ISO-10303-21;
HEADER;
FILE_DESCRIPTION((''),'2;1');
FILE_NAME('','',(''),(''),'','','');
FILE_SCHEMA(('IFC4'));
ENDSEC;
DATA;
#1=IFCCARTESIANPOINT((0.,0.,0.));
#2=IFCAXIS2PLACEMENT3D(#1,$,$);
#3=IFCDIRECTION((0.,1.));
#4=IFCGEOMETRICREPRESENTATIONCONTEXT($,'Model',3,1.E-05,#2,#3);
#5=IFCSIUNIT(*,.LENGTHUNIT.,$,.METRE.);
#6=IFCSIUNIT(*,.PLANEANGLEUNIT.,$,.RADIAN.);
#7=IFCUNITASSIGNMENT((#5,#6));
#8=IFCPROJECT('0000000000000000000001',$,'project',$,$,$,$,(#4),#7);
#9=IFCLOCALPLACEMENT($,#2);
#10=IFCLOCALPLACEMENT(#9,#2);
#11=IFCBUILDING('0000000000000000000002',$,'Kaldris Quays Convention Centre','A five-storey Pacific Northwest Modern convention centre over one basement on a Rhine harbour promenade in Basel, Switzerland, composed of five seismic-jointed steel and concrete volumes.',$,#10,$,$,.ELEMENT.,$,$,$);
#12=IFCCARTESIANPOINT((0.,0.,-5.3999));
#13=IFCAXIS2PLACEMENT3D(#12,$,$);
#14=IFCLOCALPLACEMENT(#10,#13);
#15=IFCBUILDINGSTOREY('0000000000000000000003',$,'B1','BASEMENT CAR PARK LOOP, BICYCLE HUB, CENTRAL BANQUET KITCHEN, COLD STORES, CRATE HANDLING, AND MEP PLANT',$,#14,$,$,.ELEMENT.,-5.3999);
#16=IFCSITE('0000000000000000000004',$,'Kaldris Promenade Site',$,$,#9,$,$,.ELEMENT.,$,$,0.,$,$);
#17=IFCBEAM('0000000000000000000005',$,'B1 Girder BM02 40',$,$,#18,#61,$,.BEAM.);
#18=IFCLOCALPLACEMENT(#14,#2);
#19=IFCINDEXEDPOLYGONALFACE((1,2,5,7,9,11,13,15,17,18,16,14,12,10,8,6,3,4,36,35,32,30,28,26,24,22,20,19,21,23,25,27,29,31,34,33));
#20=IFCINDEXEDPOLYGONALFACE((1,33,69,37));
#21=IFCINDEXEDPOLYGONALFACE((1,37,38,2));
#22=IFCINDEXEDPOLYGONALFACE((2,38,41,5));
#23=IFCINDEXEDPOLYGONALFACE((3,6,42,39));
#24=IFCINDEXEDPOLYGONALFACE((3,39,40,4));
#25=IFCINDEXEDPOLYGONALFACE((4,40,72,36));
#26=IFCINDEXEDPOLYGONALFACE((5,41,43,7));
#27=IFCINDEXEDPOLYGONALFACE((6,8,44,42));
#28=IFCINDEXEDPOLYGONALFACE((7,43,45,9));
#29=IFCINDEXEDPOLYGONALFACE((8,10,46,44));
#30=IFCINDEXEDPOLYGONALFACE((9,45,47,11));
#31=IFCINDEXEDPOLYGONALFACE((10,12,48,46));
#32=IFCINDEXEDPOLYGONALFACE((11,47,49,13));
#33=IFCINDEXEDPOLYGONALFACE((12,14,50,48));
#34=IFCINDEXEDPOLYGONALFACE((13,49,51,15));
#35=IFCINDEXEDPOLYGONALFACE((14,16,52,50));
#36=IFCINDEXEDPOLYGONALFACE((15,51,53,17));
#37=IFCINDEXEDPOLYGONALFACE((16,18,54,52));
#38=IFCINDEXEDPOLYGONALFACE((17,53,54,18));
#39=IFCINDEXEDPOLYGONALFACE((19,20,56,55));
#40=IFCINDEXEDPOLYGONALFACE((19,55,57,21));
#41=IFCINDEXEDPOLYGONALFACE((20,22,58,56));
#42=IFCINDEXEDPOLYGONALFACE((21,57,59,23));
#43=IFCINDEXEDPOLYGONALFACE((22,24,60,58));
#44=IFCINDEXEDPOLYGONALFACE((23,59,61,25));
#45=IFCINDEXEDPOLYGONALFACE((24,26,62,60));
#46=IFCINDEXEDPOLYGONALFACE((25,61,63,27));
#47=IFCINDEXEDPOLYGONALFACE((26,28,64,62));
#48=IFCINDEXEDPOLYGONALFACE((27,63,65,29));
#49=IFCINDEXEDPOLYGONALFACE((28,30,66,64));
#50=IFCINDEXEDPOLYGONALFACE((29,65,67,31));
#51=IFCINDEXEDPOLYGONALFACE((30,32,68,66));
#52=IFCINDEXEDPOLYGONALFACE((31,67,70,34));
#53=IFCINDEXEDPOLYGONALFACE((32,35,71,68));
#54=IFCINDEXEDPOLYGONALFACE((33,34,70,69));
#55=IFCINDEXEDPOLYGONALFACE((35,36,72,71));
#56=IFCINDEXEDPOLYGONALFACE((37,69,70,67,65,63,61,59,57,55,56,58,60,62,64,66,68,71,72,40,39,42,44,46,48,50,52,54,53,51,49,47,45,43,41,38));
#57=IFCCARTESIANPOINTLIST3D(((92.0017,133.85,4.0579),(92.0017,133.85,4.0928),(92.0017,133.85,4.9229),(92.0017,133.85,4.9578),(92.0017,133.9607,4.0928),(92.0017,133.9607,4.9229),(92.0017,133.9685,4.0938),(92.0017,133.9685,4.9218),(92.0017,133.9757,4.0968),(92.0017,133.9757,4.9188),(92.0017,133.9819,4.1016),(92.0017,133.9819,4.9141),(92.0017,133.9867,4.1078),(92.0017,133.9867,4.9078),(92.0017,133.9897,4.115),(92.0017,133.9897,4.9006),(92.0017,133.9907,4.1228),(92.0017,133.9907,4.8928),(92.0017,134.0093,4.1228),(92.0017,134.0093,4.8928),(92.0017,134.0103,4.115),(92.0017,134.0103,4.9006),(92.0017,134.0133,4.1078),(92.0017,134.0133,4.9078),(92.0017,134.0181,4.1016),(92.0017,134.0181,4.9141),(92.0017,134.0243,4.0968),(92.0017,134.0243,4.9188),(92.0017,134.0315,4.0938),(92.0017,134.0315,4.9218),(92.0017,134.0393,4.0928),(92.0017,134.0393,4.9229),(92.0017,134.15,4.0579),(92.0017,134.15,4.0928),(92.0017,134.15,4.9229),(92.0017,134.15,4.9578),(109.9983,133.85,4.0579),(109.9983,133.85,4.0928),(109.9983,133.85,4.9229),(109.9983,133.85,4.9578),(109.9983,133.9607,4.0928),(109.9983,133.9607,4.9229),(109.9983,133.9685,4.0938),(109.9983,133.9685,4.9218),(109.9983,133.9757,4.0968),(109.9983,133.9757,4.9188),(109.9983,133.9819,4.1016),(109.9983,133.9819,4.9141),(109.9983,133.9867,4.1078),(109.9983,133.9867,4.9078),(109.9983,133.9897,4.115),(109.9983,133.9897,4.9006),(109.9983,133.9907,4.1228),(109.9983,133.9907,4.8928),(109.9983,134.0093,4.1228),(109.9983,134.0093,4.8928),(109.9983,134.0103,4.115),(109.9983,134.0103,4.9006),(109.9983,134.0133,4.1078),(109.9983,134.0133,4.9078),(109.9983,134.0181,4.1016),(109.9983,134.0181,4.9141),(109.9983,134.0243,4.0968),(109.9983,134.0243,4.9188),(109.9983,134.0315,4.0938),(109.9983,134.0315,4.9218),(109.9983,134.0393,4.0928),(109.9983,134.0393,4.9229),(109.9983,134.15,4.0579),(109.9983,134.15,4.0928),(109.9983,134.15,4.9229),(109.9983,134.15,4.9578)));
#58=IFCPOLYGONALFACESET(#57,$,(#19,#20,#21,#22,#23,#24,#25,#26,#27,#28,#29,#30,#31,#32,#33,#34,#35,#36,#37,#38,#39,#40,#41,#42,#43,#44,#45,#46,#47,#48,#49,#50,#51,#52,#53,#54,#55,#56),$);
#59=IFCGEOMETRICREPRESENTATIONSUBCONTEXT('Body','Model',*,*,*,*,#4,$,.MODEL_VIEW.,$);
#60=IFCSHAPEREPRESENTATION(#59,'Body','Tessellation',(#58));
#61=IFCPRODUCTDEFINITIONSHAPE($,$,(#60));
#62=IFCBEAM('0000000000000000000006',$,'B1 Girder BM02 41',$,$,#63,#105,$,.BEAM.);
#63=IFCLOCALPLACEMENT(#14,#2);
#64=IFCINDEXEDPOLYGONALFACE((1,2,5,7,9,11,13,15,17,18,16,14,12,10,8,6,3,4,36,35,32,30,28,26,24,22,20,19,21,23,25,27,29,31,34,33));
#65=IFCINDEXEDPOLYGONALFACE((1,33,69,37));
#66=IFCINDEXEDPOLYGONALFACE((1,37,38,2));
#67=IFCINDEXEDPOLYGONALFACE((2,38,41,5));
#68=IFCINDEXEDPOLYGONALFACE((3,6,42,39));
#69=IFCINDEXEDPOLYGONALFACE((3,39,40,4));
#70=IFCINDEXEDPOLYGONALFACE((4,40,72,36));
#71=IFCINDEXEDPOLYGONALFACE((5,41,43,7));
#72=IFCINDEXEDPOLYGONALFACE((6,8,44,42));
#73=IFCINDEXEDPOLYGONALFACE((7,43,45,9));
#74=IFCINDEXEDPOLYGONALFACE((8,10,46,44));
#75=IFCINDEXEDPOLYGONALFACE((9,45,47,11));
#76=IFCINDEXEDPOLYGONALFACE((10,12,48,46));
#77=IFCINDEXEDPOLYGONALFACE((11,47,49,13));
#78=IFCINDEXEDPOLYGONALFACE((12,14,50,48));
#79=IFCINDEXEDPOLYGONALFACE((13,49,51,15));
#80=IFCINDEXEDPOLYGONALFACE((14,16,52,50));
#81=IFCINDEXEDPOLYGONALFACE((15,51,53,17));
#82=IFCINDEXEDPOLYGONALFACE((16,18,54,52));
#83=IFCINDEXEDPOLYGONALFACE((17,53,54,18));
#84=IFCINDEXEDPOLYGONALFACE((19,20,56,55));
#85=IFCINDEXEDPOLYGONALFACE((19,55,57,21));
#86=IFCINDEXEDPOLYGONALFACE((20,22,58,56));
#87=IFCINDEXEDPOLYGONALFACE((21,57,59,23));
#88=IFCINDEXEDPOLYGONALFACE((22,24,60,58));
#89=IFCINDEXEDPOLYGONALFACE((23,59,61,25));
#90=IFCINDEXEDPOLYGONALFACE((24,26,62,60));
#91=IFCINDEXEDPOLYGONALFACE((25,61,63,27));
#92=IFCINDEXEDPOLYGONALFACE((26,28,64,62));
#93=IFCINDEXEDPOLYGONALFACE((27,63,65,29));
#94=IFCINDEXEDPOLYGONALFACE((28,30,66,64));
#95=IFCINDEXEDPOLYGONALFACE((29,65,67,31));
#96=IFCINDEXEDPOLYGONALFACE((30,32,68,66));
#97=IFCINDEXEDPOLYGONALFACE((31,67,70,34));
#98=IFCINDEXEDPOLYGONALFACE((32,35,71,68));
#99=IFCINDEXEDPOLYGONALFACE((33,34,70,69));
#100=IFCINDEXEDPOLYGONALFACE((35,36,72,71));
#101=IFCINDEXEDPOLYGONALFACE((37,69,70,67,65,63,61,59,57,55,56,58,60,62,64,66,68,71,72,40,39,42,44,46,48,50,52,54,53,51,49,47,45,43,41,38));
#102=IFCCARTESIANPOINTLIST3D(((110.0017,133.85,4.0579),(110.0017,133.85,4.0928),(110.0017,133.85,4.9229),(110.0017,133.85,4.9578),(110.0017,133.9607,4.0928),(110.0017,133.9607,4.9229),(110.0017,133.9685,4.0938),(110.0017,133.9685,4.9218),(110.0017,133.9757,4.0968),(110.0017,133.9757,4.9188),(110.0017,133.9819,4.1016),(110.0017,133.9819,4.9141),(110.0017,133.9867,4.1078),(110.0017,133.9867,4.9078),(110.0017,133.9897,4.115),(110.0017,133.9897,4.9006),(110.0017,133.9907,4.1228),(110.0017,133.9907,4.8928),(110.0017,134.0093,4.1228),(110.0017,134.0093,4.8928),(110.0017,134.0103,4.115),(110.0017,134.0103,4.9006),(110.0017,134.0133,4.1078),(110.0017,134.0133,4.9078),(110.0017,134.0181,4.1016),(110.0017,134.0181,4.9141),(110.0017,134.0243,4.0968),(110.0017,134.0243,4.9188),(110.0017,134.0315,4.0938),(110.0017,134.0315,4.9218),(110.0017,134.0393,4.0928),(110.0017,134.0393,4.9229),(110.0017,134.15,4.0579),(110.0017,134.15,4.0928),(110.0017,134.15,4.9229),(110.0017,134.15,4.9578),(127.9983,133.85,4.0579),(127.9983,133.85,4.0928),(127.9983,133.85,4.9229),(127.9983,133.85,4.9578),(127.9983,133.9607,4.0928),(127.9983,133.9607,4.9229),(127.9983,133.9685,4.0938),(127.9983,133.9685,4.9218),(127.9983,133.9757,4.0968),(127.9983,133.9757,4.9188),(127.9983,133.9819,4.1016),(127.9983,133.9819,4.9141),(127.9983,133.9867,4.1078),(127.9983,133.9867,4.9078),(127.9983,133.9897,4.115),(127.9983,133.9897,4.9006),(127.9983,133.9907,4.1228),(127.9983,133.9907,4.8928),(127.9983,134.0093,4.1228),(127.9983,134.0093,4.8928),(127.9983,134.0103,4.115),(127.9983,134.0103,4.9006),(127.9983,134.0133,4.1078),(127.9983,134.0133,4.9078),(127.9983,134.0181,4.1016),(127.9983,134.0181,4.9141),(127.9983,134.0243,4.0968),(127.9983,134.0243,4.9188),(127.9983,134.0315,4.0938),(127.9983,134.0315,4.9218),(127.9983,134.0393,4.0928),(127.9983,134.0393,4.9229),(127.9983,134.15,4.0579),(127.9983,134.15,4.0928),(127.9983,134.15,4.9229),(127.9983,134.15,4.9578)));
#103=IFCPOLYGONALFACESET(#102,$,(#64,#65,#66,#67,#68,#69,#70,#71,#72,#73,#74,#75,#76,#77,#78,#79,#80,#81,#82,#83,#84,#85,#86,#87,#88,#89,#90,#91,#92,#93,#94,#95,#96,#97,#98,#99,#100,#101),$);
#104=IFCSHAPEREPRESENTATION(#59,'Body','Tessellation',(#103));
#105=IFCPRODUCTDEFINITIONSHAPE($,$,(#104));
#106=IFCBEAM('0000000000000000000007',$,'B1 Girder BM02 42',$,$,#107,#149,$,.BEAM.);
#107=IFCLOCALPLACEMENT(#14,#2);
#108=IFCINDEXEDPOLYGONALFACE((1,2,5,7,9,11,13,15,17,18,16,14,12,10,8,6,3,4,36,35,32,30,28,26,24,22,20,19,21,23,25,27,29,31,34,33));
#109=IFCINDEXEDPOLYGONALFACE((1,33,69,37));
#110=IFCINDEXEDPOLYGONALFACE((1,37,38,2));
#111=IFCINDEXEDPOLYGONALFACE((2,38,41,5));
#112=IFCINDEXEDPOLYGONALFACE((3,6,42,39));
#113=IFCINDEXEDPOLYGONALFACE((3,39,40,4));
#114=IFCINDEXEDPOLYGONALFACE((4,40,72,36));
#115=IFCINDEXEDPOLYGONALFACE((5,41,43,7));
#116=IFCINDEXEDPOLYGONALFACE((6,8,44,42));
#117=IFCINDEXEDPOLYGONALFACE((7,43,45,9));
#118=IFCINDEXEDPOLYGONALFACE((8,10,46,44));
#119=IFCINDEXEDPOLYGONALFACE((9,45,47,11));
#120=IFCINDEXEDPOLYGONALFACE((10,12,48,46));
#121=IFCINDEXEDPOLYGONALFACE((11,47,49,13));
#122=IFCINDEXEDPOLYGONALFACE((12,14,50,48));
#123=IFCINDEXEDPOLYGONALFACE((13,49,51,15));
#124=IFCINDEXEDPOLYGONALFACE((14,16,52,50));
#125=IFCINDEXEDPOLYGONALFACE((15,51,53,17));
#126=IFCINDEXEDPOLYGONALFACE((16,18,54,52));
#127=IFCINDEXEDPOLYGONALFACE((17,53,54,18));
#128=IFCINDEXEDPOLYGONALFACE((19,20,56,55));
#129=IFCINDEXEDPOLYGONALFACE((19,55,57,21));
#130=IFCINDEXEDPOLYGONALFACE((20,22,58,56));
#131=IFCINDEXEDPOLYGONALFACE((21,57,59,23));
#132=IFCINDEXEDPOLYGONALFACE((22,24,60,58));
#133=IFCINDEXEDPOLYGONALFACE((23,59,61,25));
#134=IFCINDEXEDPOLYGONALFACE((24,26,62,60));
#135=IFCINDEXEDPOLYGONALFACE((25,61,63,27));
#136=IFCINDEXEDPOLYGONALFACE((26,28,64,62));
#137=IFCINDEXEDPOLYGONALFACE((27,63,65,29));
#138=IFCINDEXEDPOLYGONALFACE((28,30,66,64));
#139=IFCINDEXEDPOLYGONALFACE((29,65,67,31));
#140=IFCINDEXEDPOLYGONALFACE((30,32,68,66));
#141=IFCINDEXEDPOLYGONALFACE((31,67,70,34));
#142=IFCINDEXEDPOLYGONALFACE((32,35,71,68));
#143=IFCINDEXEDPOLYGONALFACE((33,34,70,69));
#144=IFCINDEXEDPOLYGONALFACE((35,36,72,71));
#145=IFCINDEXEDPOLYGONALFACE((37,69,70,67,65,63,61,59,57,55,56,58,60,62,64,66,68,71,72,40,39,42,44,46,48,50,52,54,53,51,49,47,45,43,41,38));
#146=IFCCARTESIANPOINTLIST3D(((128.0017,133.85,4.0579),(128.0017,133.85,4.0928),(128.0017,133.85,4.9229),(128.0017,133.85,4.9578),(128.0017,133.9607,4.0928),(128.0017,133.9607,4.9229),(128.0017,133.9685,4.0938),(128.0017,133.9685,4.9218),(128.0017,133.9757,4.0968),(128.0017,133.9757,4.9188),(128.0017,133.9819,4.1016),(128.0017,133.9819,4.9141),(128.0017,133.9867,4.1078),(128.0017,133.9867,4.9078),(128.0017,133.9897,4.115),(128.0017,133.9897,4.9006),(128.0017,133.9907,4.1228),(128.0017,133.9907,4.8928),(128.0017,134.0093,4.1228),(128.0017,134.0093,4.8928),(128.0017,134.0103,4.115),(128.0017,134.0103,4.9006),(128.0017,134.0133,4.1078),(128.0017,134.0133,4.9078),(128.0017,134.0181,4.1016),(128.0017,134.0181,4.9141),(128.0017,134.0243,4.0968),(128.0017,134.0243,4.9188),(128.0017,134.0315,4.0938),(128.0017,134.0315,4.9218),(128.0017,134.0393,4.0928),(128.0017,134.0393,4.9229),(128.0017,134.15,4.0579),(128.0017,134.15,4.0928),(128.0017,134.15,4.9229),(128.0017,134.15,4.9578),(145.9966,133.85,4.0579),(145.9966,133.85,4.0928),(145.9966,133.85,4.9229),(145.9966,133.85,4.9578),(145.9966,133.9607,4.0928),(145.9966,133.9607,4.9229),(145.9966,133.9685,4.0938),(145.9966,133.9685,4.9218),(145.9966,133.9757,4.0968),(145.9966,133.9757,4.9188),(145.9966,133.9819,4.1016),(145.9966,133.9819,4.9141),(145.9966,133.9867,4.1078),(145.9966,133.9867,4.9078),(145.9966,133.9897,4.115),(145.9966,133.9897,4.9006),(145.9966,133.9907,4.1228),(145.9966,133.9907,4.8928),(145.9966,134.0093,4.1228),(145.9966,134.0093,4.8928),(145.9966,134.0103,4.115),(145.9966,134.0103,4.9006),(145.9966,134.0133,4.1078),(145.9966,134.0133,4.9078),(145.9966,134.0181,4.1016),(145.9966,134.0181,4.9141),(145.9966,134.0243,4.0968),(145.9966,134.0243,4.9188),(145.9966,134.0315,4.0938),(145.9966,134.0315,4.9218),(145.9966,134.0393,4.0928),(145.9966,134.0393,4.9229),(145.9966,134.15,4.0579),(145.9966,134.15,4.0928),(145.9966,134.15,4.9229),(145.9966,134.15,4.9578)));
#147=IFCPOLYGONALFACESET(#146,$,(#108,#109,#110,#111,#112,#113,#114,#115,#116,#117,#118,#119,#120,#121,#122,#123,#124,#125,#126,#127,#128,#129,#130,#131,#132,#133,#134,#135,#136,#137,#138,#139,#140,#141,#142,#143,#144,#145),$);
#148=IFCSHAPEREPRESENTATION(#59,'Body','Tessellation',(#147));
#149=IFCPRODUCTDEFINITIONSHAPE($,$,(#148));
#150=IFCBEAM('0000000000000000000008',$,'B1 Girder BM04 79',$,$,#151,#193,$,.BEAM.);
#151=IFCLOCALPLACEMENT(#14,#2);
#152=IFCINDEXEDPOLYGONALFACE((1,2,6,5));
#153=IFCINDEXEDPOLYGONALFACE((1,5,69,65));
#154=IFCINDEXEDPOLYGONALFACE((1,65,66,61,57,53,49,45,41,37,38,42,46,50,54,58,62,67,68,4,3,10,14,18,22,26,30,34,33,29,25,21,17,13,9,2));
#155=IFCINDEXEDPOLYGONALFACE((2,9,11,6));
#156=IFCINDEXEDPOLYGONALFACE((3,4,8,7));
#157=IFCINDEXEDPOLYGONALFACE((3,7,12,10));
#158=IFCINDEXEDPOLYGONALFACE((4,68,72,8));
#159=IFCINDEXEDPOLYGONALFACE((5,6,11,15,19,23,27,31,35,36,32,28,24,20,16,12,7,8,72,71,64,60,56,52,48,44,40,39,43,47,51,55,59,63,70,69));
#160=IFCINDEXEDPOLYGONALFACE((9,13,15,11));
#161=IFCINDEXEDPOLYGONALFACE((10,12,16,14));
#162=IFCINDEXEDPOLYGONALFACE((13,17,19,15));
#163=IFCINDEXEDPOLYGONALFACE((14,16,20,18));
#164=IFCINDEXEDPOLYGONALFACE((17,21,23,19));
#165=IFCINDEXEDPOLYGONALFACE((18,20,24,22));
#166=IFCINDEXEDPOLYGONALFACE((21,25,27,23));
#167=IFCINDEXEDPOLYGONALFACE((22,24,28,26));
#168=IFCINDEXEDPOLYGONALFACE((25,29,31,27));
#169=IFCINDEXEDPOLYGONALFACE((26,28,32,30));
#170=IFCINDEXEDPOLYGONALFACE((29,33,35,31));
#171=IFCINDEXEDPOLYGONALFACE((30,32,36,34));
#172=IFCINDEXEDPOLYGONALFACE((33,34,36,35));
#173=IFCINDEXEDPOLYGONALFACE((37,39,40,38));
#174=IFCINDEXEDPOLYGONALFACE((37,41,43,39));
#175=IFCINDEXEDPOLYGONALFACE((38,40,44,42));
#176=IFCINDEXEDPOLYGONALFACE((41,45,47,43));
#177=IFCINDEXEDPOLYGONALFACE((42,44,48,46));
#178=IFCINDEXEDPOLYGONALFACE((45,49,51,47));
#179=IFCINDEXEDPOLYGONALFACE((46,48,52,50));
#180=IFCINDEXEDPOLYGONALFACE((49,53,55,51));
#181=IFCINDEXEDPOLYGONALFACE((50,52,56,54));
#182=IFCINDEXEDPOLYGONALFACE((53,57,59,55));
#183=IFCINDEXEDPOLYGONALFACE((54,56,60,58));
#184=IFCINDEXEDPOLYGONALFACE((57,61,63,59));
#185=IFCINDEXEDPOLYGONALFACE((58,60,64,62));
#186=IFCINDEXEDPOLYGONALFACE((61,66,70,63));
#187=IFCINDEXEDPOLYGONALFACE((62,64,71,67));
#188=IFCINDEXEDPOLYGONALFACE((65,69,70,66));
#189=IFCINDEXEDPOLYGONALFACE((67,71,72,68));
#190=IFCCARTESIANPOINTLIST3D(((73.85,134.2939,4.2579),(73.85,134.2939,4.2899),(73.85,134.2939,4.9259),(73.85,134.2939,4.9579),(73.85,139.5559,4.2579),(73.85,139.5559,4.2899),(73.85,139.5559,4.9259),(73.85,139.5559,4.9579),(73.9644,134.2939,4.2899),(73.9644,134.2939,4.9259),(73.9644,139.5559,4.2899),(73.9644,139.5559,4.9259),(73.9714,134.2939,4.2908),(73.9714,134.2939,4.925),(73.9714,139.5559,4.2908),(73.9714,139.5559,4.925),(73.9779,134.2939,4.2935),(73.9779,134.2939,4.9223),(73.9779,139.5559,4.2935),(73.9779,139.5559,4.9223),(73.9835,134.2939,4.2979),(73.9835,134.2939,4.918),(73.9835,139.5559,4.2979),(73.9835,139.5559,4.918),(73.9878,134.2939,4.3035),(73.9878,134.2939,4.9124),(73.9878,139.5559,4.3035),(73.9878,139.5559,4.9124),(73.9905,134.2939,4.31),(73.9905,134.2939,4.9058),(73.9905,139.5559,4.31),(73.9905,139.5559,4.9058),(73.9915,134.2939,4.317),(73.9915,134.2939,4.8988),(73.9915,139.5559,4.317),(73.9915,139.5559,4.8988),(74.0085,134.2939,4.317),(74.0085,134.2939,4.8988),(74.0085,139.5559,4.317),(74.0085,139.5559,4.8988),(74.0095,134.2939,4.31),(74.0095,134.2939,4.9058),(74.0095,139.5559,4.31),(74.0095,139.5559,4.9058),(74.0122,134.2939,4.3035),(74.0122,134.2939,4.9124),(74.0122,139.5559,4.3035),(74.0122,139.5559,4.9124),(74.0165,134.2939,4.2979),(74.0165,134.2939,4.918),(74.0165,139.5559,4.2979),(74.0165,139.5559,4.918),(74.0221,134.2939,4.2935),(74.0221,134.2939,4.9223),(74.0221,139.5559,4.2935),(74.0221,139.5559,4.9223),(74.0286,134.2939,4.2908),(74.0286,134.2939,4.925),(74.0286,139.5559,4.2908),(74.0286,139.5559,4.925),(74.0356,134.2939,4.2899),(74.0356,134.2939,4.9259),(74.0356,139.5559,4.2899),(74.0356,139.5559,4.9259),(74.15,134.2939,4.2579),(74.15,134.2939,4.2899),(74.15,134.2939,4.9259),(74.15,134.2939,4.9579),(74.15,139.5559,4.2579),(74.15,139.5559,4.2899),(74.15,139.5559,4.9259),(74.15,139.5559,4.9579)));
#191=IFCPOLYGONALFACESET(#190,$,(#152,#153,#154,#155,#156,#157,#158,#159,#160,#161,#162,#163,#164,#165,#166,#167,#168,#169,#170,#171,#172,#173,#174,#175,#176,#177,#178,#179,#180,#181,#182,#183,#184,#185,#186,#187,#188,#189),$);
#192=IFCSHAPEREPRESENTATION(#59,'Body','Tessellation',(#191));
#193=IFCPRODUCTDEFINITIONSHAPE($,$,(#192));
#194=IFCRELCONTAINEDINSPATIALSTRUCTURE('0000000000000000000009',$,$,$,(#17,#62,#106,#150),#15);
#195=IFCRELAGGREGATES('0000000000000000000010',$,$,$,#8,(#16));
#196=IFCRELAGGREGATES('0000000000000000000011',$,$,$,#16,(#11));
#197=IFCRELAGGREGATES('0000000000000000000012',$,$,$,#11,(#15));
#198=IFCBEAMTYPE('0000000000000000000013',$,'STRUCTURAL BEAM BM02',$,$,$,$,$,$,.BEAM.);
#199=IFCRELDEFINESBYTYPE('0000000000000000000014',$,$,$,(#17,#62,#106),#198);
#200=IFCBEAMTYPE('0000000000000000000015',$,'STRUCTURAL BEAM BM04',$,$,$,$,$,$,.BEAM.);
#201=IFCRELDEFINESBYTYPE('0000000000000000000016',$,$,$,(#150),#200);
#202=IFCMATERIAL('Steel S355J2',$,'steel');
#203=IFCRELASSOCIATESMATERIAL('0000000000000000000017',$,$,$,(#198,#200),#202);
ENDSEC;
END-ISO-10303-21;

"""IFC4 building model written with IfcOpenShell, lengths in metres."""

from ifc_helpers import new_model, si_unit, direction, frame, origin, origin_2d, place, context, subcontext, project, spatial, i_section, extrude, material, material_profile, profile_set, type_object, element, save


model = new_model("IFC4")

# Units and contexts
model_context = context("Model", 3, precision=1e-05, world=origin(), true_north=direction((0.0, 1.0)))
body_context = subcontext(model_context, "Body", "Model", "MODEL_VIEW")
ifc_project = project(units=[si_unit("LENGTHUNIT", "METRE"), si_unit("PLANEANGLEUNIT", "RADIAN")], contexts=[model_context])

# Site, building, storey
site_placement = place(None, origin())
site = spatial("IfcSite", under=ifc_project, at=site_placement, Name="Kaldris Promenade Site", CompositionType="ELEMENT", RefElevation=0.0)
building_placement = place(site_placement, origin())
building = spatial("IfcBuilding", under=site, at=building_placement, Name="Kaldris Quays Convention Centre", Description="A five-storey Pacific Northwest Modern convention centre over one basement on a Rhine harbour promenade in Basel, Switzerland, composed of five seismic-jointed steel and concrete volumes.", CompositionType="ELEMENT")
storey_placement = place(building_placement, frame((0.0, 0.0, -5.3999)))
storey = spatial("IfcBuildingStorey", under=building, at=storey_placement, Name="B1", Description="BASEMENT CAR PARK LOOP, BICYCLE HUB, CENTRAL BANQUET KITCHEN, COLD STORES, CRATE HANDLING, AND MEP PLANT", CompositionType="ELEMENT", Elevation=-5.3999)

# Shared definitions
ifc_material_1 = material(Name="Steel S355J2", Category="steel")

# Beams
ifc_material_profile_1 = material_profile(ifc_material_1, i_section(OverallWidth=0.3, OverallDepth=0.8999, WebThickness=0.0186, FlangeThickness=0.0349, FilletRadius=0.03, at=origin_2d()), Name="HEB 900")
ifc_profile_set_1 = profile_set([ifc_material_profile_1], Name="Steel S355J2")
beam_type_1 = type_object("IfcBeamType", Name="STRUCTURAL BEAM BM02", PredefinedType="BEAM", material=ifc_profile_set_1)
for number, where, z_axis, x_axis, name in (
    (1, (92.0017, 134.0, 4.5078), (1.0, 0.0, 0.0), (0.0, 1.0, 0.0), "B1 Girder BM02 40"),
    (2, (110.0017, 134.0, 4.5078), (1.0, 0.0, 0.0), (0.0, 1.0, 0.0), "B1 Girder BM02 41"),
):
    element("IfcBeam", number, at=place(storey_placement, frame(where, z_axis=z_axis, x_axis=x_axis)), inside=storey, type_object=beam_type_1, Name=name, PredefinedType="BEAM", context=body_context, shape_type="SweptSolid", body=[
        extrude(i_section(OverallWidth=0.3, OverallDepth=0.8999, WebThickness=0.0186, FlangeThickness=0.0349, FilletRadius=0.03, at=origin_2d()), origin(), (0.0, 0.0, 1.0), 17.9966),
    ])
beam_1_placement = place(storey_placement, frame((128.0017, 134.0, 4.5078), z_axis=(1.0, 0.0, 0.0), x_axis=(0.0, 1.0, 0.0)))
element("IfcBeam", 3, at=beam_1_placement, inside=storey, type_object=beam_type_1, Name="B1 Girder BM02 42", PredefinedType="BEAM", context=body_context, shape_type="SweptSolid", body=[
    extrude(i_section(OverallWidth=0.3, OverallDepth=0.8999, WebThickness=0.0186, FlangeThickness=0.0349, FilletRadius=0.03, at=origin_2d()), origin(), (0.0, 0.0, 1.0), 17.9949),
])
ifc_material_profile_2 = material_profile(ifc_material_1, i_section(OverallWidth=0.3, OverallDepth=0.7, WebThickness=0.0171, FlangeThickness=0.032, FilletRadius=0.0271, at=origin_2d()), Name="HEB 700")
ifc_profile_set_2 = profile_set([ifc_material_profile_2], Name="Steel S355J2")
beam_type_2 = type_object("IfcBeamType", Name="STRUCTURAL BEAM BM04", PredefinedType="BEAM", material=ifc_profile_set_2)
for number, where, z_axis, x_axis, name in (
    (4, (74.0, 134.2939, 4.6079), (0.0, 1.0, 0.0), (-1.0, 0.0, 0.0), "B1 Girder BM04 79"),
):
    element("IfcBeam", number, at=place(storey_placement, frame(where, z_axis=z_axis, x_axis=x_axis)), inside=storey, type_object=beam_type_2, Name=name, PredefinedType="BEAM", context=body_context, shape_type="SweptSolid", body=[
        extrude(i_section(OverallWidth=0.3, OverallDepth=0.7, WebThickness=0.0171, FlangeThickness=0.032, FilletRadius=0.0271, at=origin_2d()), origin(), (0.0, 0.0, 1.0), 5.262),
    ])

save(model, "model.ifc")
